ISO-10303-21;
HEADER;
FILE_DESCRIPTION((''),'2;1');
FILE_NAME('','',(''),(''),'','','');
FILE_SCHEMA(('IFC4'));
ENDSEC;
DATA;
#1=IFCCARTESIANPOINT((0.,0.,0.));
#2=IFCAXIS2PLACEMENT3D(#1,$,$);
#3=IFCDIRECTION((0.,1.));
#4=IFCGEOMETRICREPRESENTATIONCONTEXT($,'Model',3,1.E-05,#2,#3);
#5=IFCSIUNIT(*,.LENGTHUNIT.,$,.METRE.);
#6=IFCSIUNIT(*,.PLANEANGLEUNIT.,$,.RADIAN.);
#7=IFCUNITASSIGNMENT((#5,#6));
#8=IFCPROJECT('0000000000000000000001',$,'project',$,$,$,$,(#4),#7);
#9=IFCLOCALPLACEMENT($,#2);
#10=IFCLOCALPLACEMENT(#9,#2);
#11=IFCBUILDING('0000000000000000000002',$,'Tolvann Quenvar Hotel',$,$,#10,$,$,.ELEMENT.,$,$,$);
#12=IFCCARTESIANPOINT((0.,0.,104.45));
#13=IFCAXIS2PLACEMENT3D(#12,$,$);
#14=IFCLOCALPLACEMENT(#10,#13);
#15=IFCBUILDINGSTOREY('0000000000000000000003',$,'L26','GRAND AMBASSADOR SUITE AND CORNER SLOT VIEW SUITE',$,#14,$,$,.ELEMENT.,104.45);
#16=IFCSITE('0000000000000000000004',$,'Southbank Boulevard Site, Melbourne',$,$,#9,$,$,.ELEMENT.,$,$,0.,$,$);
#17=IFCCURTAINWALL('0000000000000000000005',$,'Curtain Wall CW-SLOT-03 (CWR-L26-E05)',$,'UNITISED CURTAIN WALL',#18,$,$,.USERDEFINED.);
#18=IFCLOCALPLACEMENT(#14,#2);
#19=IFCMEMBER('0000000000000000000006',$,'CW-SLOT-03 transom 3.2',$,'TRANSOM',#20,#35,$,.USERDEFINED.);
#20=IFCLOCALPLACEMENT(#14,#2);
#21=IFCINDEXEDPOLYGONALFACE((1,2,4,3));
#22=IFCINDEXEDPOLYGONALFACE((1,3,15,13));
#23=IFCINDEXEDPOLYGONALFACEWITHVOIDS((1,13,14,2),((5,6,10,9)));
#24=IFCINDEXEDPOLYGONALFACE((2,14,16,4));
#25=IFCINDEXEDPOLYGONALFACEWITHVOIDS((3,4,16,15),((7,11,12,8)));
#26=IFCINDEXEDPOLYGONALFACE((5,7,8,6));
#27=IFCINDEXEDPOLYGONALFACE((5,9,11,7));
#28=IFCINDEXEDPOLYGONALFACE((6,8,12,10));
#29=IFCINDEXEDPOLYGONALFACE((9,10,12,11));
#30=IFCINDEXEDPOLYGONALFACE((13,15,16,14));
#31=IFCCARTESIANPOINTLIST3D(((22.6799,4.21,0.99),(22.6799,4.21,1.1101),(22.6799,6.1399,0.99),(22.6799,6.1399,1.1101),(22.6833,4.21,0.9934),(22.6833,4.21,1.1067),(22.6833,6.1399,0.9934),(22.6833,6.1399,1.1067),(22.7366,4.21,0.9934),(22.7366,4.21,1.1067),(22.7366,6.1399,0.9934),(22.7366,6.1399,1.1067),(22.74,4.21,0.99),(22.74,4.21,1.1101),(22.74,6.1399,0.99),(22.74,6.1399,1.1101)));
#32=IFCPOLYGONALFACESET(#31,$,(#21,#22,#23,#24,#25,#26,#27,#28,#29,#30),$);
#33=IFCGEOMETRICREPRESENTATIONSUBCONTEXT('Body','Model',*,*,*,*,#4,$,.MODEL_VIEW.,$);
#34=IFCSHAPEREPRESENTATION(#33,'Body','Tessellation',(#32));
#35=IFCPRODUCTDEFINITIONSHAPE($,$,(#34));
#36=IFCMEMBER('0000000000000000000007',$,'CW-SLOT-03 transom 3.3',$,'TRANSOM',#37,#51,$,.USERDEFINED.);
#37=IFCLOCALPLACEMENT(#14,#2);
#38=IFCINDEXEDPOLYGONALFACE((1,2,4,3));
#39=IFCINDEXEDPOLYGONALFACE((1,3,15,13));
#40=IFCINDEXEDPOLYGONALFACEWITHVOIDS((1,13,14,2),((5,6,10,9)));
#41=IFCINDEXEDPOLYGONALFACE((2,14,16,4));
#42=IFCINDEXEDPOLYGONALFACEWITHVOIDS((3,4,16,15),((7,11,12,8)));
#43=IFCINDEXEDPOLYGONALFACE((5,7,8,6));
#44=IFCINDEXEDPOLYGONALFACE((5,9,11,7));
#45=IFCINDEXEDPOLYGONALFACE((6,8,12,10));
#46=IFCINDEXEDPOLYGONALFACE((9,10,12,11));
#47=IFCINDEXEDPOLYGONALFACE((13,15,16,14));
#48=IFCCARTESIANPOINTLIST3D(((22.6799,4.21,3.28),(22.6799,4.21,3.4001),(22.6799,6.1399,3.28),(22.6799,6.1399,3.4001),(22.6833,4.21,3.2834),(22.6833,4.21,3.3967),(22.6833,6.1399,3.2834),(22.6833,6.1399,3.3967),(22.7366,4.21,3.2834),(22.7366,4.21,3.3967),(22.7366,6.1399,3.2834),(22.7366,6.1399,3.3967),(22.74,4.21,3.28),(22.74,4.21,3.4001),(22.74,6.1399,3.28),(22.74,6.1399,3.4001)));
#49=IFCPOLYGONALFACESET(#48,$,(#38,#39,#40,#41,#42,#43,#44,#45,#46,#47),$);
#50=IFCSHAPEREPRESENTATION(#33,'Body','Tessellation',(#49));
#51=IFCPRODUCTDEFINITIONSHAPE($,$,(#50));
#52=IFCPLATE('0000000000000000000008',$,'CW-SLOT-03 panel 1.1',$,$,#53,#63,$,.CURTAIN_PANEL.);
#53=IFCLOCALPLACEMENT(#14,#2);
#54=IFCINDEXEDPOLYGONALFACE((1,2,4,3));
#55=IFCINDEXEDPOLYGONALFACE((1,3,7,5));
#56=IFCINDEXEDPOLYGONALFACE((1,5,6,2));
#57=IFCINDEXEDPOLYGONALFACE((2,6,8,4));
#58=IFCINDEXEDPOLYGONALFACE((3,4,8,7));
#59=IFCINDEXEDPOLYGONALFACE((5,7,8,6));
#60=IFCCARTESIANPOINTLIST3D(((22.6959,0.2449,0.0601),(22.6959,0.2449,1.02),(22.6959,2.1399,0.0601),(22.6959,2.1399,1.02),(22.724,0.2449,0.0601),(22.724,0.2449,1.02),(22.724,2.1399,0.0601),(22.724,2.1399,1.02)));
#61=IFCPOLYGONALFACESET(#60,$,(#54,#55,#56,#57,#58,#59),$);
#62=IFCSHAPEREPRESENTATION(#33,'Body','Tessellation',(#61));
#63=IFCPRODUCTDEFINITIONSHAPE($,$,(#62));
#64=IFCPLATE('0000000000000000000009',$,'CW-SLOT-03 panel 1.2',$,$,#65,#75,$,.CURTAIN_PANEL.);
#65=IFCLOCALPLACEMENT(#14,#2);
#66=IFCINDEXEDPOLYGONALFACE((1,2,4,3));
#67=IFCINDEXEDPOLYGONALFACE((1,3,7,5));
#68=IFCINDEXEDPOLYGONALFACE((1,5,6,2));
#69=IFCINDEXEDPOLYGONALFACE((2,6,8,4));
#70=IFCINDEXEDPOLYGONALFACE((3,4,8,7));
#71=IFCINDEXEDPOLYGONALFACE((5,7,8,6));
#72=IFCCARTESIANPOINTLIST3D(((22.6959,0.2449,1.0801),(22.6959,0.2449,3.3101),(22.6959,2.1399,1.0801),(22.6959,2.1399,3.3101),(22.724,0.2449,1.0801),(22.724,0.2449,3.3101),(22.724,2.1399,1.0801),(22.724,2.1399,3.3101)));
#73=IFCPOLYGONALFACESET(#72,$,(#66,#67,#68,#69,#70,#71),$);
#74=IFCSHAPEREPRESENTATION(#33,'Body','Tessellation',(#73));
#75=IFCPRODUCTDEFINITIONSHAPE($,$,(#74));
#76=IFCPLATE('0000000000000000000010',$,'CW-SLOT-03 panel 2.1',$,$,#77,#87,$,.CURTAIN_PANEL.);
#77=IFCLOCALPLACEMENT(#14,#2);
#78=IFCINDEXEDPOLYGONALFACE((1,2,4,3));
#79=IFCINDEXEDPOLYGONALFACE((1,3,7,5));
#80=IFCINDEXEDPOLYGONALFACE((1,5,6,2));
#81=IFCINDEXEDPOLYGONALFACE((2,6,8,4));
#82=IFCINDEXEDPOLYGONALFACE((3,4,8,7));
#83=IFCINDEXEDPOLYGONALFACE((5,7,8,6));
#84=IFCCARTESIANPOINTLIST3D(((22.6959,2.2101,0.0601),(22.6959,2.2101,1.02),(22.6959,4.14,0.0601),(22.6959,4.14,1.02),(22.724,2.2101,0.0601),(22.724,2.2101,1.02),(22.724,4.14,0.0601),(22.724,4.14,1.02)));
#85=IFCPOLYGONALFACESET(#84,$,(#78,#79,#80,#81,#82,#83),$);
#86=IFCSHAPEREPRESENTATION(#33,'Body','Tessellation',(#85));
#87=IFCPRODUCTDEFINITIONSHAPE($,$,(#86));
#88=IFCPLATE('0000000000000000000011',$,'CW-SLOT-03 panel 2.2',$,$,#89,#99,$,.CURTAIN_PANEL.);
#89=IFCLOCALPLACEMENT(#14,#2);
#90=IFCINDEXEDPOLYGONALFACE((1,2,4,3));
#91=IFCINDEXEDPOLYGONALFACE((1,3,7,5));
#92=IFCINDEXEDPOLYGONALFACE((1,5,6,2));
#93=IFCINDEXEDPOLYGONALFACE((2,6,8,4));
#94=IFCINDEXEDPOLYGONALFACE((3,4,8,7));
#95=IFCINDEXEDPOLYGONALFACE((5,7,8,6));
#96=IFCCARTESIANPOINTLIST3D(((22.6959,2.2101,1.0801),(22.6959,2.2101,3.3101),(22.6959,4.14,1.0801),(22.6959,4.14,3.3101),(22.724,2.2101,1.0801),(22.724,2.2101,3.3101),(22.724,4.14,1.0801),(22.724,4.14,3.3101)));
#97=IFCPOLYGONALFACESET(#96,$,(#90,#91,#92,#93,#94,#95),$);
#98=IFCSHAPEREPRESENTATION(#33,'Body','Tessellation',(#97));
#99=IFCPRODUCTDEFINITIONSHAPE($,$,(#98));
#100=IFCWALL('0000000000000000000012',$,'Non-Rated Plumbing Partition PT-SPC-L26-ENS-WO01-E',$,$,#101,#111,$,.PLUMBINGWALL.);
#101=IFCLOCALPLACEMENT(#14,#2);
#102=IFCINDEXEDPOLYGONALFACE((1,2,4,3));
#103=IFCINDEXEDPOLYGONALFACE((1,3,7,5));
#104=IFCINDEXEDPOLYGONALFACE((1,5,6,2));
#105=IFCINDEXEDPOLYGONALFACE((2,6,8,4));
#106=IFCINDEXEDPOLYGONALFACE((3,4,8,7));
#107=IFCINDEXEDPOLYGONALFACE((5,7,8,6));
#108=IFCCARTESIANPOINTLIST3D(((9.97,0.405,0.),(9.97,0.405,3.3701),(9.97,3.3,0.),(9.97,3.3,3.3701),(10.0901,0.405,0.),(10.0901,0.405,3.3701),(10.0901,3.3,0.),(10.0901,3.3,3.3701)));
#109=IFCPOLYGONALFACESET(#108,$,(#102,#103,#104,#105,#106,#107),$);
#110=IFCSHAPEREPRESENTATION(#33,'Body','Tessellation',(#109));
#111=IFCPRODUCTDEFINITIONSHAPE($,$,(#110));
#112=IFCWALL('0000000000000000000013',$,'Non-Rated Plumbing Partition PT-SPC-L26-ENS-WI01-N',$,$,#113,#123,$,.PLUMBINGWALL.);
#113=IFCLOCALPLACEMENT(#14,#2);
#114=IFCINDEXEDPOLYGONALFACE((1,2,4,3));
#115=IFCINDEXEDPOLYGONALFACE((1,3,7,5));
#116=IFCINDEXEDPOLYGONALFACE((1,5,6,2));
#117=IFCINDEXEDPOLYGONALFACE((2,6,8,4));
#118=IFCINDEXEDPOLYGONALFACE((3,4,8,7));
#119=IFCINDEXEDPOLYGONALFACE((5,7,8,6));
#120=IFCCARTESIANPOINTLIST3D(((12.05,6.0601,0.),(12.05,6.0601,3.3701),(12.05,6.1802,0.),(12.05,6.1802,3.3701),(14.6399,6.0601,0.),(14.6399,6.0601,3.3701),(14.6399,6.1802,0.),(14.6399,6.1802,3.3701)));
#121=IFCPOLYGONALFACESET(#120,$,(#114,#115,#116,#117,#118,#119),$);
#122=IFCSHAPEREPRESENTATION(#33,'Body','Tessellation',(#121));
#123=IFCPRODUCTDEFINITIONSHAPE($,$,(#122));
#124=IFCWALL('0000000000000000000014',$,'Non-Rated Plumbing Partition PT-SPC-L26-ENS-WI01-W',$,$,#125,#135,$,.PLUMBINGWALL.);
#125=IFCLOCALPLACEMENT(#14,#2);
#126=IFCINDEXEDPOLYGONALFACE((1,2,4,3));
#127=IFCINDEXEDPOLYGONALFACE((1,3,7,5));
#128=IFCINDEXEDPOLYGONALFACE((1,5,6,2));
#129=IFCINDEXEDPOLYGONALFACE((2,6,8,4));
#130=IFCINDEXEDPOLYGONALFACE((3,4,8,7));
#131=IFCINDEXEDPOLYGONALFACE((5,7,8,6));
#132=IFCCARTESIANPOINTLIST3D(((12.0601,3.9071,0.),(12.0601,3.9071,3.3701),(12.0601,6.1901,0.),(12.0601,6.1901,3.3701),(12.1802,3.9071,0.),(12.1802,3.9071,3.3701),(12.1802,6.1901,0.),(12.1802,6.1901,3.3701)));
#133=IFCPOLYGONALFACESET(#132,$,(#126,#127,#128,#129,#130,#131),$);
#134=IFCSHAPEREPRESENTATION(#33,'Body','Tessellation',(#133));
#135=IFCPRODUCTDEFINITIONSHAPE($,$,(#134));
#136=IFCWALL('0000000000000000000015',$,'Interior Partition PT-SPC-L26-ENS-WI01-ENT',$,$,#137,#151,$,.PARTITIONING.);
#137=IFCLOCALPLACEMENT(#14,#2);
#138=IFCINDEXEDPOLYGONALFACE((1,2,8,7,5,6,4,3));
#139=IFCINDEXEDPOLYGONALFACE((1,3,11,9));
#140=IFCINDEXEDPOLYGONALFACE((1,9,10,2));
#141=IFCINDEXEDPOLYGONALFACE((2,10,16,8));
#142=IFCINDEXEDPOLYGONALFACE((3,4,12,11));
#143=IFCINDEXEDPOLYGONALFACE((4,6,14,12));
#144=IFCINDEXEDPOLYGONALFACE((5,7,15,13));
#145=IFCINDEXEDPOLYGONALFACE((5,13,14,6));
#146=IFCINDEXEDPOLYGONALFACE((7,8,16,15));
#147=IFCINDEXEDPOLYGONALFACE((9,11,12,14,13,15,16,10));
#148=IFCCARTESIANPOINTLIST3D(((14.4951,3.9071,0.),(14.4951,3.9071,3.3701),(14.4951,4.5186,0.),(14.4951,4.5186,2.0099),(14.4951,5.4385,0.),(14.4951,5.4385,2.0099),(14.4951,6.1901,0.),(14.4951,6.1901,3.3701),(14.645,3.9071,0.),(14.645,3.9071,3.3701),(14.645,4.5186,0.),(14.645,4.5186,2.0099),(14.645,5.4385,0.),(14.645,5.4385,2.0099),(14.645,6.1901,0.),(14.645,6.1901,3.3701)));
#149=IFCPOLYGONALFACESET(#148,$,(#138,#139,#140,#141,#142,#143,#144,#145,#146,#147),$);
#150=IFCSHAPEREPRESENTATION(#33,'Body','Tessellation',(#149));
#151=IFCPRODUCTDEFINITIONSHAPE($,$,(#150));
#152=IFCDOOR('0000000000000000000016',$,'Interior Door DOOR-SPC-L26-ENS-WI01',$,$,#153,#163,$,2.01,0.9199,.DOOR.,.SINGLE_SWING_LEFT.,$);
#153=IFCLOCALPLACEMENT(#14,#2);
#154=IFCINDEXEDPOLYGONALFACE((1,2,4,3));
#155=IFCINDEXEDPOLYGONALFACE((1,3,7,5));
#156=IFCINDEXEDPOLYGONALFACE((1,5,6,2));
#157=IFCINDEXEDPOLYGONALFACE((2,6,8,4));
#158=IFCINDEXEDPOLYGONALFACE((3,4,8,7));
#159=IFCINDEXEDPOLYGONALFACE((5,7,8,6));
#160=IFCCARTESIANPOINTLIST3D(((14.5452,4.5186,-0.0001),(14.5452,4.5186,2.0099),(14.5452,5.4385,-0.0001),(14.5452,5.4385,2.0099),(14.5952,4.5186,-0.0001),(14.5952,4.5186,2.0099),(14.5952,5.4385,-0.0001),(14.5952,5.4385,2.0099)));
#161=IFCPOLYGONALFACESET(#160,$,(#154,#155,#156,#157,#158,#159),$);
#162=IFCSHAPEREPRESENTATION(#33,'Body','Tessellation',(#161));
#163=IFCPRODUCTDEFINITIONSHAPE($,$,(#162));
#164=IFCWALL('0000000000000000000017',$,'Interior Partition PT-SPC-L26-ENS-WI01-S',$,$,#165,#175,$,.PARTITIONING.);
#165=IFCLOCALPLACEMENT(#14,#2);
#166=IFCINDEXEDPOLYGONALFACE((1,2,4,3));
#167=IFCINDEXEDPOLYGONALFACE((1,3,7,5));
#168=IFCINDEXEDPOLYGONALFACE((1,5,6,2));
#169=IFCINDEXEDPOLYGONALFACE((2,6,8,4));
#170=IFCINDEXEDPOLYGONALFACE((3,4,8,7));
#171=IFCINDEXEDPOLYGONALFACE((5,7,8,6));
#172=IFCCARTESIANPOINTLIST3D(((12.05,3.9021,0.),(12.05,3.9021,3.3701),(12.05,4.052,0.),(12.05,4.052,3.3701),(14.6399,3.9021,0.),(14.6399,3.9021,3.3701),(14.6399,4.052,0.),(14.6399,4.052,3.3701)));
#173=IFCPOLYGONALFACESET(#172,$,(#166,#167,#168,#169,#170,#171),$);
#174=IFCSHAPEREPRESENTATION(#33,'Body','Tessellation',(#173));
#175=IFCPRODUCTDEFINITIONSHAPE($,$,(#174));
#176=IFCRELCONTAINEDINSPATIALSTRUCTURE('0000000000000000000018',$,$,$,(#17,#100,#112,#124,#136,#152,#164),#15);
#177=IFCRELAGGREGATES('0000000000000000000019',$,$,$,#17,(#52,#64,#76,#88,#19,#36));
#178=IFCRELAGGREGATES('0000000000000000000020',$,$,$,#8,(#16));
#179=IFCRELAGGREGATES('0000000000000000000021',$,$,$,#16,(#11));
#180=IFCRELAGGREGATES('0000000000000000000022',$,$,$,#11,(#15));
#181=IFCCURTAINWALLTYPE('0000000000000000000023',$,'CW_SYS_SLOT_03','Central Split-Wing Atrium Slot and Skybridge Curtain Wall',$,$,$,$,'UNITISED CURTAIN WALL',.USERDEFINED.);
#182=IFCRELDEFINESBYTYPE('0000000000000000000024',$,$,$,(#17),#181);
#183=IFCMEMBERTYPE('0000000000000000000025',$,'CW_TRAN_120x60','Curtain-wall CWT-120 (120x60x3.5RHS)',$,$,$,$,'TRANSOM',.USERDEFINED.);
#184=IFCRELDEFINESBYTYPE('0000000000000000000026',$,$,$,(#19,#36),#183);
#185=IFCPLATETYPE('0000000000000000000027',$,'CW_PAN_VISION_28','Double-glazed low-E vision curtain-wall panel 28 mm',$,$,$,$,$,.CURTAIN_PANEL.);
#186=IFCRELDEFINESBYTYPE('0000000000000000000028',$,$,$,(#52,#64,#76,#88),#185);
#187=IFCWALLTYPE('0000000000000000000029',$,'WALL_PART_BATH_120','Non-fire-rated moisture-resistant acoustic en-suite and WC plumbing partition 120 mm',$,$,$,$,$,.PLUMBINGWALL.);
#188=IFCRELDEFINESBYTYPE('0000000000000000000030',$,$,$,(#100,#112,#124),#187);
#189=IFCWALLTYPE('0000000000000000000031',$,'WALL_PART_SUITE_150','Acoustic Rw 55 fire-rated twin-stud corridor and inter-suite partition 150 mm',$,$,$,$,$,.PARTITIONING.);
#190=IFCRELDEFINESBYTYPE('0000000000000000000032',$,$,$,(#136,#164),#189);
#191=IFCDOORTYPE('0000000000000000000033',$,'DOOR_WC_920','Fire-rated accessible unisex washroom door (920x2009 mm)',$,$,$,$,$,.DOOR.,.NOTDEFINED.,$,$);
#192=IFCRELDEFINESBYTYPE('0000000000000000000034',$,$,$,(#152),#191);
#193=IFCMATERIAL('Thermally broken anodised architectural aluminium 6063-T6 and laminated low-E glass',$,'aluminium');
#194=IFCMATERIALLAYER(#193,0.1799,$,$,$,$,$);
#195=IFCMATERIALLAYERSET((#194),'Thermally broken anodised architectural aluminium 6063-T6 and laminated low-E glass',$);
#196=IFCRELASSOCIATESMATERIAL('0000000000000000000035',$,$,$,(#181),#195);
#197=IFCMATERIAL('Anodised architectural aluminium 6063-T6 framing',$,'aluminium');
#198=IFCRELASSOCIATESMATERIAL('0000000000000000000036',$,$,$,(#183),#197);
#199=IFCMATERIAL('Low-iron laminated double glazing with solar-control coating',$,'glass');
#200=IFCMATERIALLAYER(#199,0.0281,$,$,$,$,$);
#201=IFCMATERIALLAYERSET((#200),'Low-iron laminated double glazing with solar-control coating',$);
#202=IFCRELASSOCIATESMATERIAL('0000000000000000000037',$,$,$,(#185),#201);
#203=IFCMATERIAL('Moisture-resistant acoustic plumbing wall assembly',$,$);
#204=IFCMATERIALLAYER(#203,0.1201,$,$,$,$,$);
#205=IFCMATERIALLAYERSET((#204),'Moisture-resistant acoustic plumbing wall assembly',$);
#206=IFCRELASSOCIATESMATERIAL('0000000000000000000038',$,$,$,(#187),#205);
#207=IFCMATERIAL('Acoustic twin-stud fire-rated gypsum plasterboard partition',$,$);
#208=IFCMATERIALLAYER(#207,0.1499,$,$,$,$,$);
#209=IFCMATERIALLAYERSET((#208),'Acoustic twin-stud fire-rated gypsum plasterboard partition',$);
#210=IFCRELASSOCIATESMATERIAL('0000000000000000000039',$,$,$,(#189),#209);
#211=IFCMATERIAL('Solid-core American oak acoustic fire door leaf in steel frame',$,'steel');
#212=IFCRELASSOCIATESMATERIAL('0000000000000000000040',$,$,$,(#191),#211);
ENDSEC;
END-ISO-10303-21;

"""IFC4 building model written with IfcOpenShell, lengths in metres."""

from ifc_helpers import new_model, si_unit, direction, frame, frame_2d, origin, origin_2d, place, context, subcontext, project, spatial, rectangle, hollow_rectangle, extrude, source, transform, mapped, material, layer, layer_set, material_profile, profile_set, type_object, type_shapes, element, fill, aggregate, save


model = new_model("IFC4")

# Units and contexts
model_context = context("Model", 3, precision=1e-05, world=origin(), true_north=direction((0.0, 1.0)))
body_context = subcontext(model_context, "Body", "Model", "MODEL_VIEW")
ifc_project = project(units=[si_unit("LENGTHUNIT", "METRE"), si_unit("PLANEANGLEUNIT", "RADIAN")], contexts=[model_context])

# Site, building, storey
site_placement = place(None, origin())
site = spatial("IfcSite", under=ifc_project, at=site_placement, Name="Southbank Boulevard Site, Melbourne", CompositionType="ELEMENT", RefElevation=0.0)
building_placement = place(site_placement, origin())
building = spatial("IfcBuilding", under=site, at=building_placement, Name="Tolvann Quenvar Hotel", CompositionType="ELEMENT")
storey_placement = place(building_placement, frame((0.0, 0.0, 104.45)))
storey = spatial("IfcBuildingStorey", under=building, at=storey_placement, Name="L26", Description="GRAND AMBASSADOR SUITE AND CORNER SLOT VIEW SUITE", CompositionType="ELEMENT", Elevation=104.45)

# Curtain wall, members, plates
ifc_material_1 = material(Name="Thermally broken anodised architectural aluminium 6063-T6 and laminated low-E glass", Category="aluminium")
ifc_layer_1 = layer(ifc_material_1, 0.1799)
ifc_layer_set_1 = layer_set([ifc_layer_1], Name="Thermally broken anodised architectural aluminium 6063-T6 and laminated low-E glass")
curtain_wall_type = type_object("IfcCurtainWallType", Name="CW_SYS_SLOT_03", Description="Central Split-Wing Atrium Slot and Skybridge Curtain Wall", ElementType="UNITISED CURTAIN WALL", PredefinedType="USERDEFINED", material=ifc_layer_set_1)
curtain_wall_placement = place(storey_placement, origin())
curtain_wall = element("IfcCurtainWall", 1, at=curtain_wall_placement, inside=storey, type_object=curtain_wall_type, Name="Curtain Wall CW-SLOT-03 (CWR-L26-E05)", ObjectType="UNITISED CURTAIN WALL", PredefinedType="USERDEFINED")
ifc_material_2 = material(Name="Anodised architectural aluminium 6063-T6 framing", Category="aluminium")
ifc_material_profile_1 = material_profile(ifc_material_2, hollow_rectangle(XDim=0.0601, YDim=0.1201, WallThickness=0.0034, at=origin_2d()), Name="120x60x3.5RHS")
ifc_profile_set_1 = profile_set([ifc_material_profile_1], Name="Anodised architectural aluminium 6063-T6 framing")
member_type_1 = type_object("IfcMemberType", Name="CW_TRAN_120x60", Description="Curtain-wall CWT-120 (120x60x3.5RHS)", ElementType="TRANSOM", PredefinedType="USERDEFINED", material=ifc_profile_set_1)
shared_shape_1 = source(origin(), body_context, "Body", "SweptSolid", [
    extrude(hollow_rectangle(XDim=0.0601, YDim=0.1201, WallThickness=0.0034, at=origin_2d()), origin(), (0.0, 0.0, 1.0), 1.9299),
])
member_1_placement = place(storey_placement, frame((22.71, 4.21, 1.05), z_axis=(0.0, 1.0, 0.0), x_axis=(-1.0, 0.0, 0.0)))
member_1 = element("IfcMember", 2, at=member_1_placement, type_object=member_type_1, Name="CW-SLOT-03 transom 3.2", ObjectType="TRANSOM", PredefinedType="USERDEFINED", context=body_context, shape_type="MappedRepresentation", body=[
    mapped(shared_shape_1, transform((0.0, 0.0, 0.0), x_axis=(1.0, 0.0, 0.0), y_axis=(0.0, 1.0, 0.0), z_axis=(0.0, 0.0, 1.0), scale=1.0)),
])
member_2_placement = place(storey_placement, frame((22.71, 4.21, 3.3401), z_axis=(0.0, 1.0, 0.0), x_axis=(-1.0, 0.0, 0.0)))
member_2 = element("IfcMember", 3, at=member_2_placement, type_object=member_type_1, Name="CW-SLOT-03 transom 3.3", ObjectType="TRANSOM", PredefinedType="USERDEFINED", context=body_context, shape_type="MappedRepresentation", body=[
    mapped(shared_shape_1, transform((0.0, 0.0, 0.0), x_axis=(1.0, 0.0, 0.0), y_axis=(0.0, 1.0, 0.0), z_axis=(0.0, 0.0, 1.0), scale=1.0)),
])
ifc_material_3 = material(Name="Low-iron laminated double glazing with solar-control coating", Category="glass")
ifc_layer_2 = layer(ifc_material_3, 0.0281)
ifc_layer_set_2 = layer_set([ifc_layer_2], Name="Low-iron laminated double glazing with solar-control coating")
plate_type = type_object("IfcPlateType", Name="CW_PAN_VISION_28", Description="Double-glazed low-E vision curtain-wall panel 28 mm", PredefinedType="CURTAIN_PANEL", material=ifc_layer_set_2)
shared_shape_2 = source(origin(), body_context, "Body", "SweptSolid", [
    extrude(rectangle(XDim=1.895, YDim=0.0281, at=origin_2d()), origin(), (0.0, 0.0, 1.0), 0.96),
])
plate_1_placement = place(storey_placement, frame((22.71, 1.1924, 0.0601), z_axis=(0.0, 0.0, 1.0), x_axis=(0.0, 1.0, 0.0)))
plate_1 = element("IfcPlate", 4, at=plate_1_placement, type_object=plate_type, Name="CW-SLOT-03 panel 1.1", PredefinedType="CURTAIN_PANEL", context=body_context, shape_type="MappedRepresentation", body=[
    mapped(shared_shape_2, transform((0.0, 0.0, 0.0), x_axis=(1.0, 0.0, 0.0), y_axis=(0.0, 1.0, 0.0), z_axis=(0.0, 0.0, 1.0), scale=1.0)),
])
shared_shape_3 = source(origin(), body_context, "Body", "SweptSolid", [
    extrude(rectangle(XDim=1.895, YDim=0.0281, at=origin_2d()), origin(), (0.0, 0.0, 1.0), 2.23),
])
plate_2_placement = place(storey_placement, frame((22.71, 1.1924, 1.0801), z_axis=(0.0, 0.0, 1.0), x_axis=(0.0, 1.0, 0.0)))
plate_2 = element("IfcPlate", 5, at=plate_2_placement, type_object=plate_type, Name="CW-SLOT-03 panel 1.2", PredefinedType="CURTAIN_PANEL", context=body_context, shape_type="MappedRepresentation", body=[
    mapped(shared_shape_3, transform((0.0, 0.0, 0.0), x_axis=(1.0, 0.0, 0.0), y_axis=(0.0, 1.0, 0.0), z_axis=(0.0, 0.0, 1.0), scale=1.0)),
])
shared_shape_4 = source(origin(), body_context, "Body", "SweptSolid", [
    extrude(rectangle(XDim=1.9299, YDim=0.0281, at=origin_2d()), origin(), (0.0, 0.0, 1.0), 0.96),
])
plate_3_placement = place(storey_placement, frame((22.71, 3.175, 0.0601), z_axis=(0.0, 0.0, 1.0), x_axis=(0.0, 1.0, 0.0)))
plate_3 = element("IfcPlate", 6, at=plate_3_placement, type_object=plate_type, Name="CW-SLOT-03 panel 2.1", PredefinedType="CURTAIN_PANEL", context=body_context, shape_type="MappedRepresentation", body=[
    mapped(shared_shape_4, transform((0.0, 0.0, 0.0), x_axis=(1.0, 0.0, 0.0), y_axis=(0.0, 1.0, 0.0), z_axis=(0.0, 0.0, 1.0), scale=1.0)),
])
shared_shape_5 = source(origin(), body_context, "Body", "SweptSolid", [
    extrude(rectangle(XDim=1.9299, YDim=0.0281, at=origin_2d()), origin(), (0.0, 0.0, 1.0), 2.23),
])
type_shapes(plate_type, [shared_shape_2, shared_shape_3, shared_shape_4, shared_shape_5])
plate_4_placement = place(storey_placement, frame((22.71, 3.175, 1.0801), z_axis=(0.0, 0.0, 1.0), x_axis=(0.0, 1.0, 0.0)))
plate_4 = element("IfcPlate", 7, at=plate_4_placement, type_object=plate_type, Name="CW-SLOT-03 panel 2.2", PredefinedType="CURTAIN_PANEL", context=body_context, shape_type="MappedRepresentation", body=[
    mapped(shared_shape_5, transform((0.0, 0.0, 0.0), x_axis=(1.0, 0.0, 0.0), y_axis=(0.0, 1.0, 0.0), z_axis=(0.0, 0.0, 1.0), scale=1.0)),
])
aggregate(curtain_wall, [plate_1, plate_2, plate_3, plate_4, member_1, member_2])

# Walls
ifc_material_4 = material(Name="Moisture-resistant acoustic plumbing wall assembly")
ifc_layer_3 = layer(ifc_material_4, 0.1201)
ifc_layer_set_3 = layer_set([ifc_layer_3], Name="Moisture-resistant acoustic plumbing wall assembly")
wall_type_1 = type_object("IfcWallType", Name="WALL_PART_BATH_120", Description="Non-fire-rated moisture-resistant acoustic en-suite and WC plumbing partition 120 mm", PredefinedType="PLUMBINGWALL", material=ifc_layer_set_3)
wall_1_placement = place(storey_placement, frame((10.03, 0.405, 0.0), z_axis=(0.0, 0.0, 1.0), x_axis=(0.0, 1.0, 0.0)))
element("IfcWall", 8, at=wall_1_placement, inside=storey, type_object=wall_type_1, Name="Non-Rated Plumbing Partition PT-SPC-L26-ENS-WO01-E", PredefinedType="PLUMBINGWALL", context=body_context, shape_type="SweptSolid", body=[
    extrude(rectangle(XDim=2.895, YDim=0.1201, at=frame_2d((1.4475, 0.0))), origin(), (0.0, 0.0, 1.0), 3.3701),
])
wall_2_placement = place(storey_placement, frame((12.05, 6.1201, 0.0), z_axis=(0.0, 0.0, 1.0), x_axis=(1.0, 0.0, 0.0)))
element("IfcWall", 9, at=wall_2_placement, inside=storey, type_object=wall_type_1, Name="Non-Rated Plumbing Partition PT-SPC-L26-ENS-WI01-N", PredefinedType="PLUMBINGWALL", context=body_context, shape_type="SweptSolid", body=[
    extrude(rectangle(XDim=2.5898, YDim=0.1201, at=frame_2d((1.2949, 0.0))), origin(), (0.0, 0.0, 1.0), 3.3701),
])
wall_3_placement = place(storey_placement, frame((12.1201, 3.907, 0.0), z_axis=(0.0, 0.0, 1.0), x_axis=(0.0, 1.0, 0.0)))
element("IfcWall", 10, at=wall_3_placement, inside=storey, type_object=wall_type_1, Name="Non-Rated Plumbing Partition PT-SPC-L26-ENS-WI01-W", PredefinedType="PLUMBINGWALL", context=body_context, shape_type="SweptSolid", body=[
    extrude(rectangle(XDim=2.283, YDim=0.1201, at=frame_2d((1.1416, 0.0))), origin(), (0.0, 0.0, 1.0), 3.3701),
])

# Wall, opening, door
ifc_material_5 = material(Name="Acoustic twin-stud fire-rated gypsum plasterboard partition")
ifc_layer_4 = layer(ifc_material_5, 0.1499)
ifc_layer_set_4 = layer_set([ifc_layer_4], Name="Acoustic twin-stud fire-rated gypsum plasterboard partition")
wall_type_2 = type_object("IfcWallType", Name="WALL_PART_SUITE_150", Description="Acoustic Rw 55 fire-rated twin-stud corridor and inter-suite partition 150 mm", PredefinedType="PARTITIONING", material=ifc_layer_set_4)
wall_4_placement = place(storey_placement, frame((14.5701, 3.907, 0.0), z_axis=(0.0, 0.0, 1.0), x_axis=(0.0, 1.0, 0.0)))
wall_4 = element("IfcWall", 11, at=wall_4_placement, inside=storey, type_object=wall_type_2, Name="Interior Partition PT-SPC-L26-ENS-WI01-ENT", PredefinedType="PARTITIONING", context=body_context, shape_type="SweptSolid", body=[
    extrude(rectangle(XDim=2.283, YDim=0.1499, at=frame_2d((1.1416, 0.0))), origin(), (0.0, 0.0, 1.0), 3.3701),
])
opening_1_placement = place(wall_4_placement, frame((0.6116, 0.0, 0.0)))
opening_1 = element("IfcOpeningElement", 12, at=opening_1_placement, cuts=wall_4, PredefinedType="OPENING", context=body_context, shape_type="SweptSolid", body=[
    extrude(rectangle(XDim=0.9199, YDim=2.01, at=frame_2d((0.46, 1.0049))), frame((0.0, 0.085, 0.0), z_axis=(0.0, -1.0, 0.0), x_axis=(1.0, 0.0, 0.0)), (0.0, 0.0, 1.0), 0.1699),
])
ifc_material_6 = material(Name="Solid-core American oak acoustic fire door leaf in steel frame", Category="steel")
door_type_1 = type_object("IfcDoorType", Name="DOOR_WC_920", Description="Fire-rated accessible unisex washroom door (920x2009 mm)", OperationType="NOTDEFINED", PredefinedType="DOOR", material=ifc_material_6)
shared_shape_6 = source(origin(), body_context, "Body", "SweptSolid", [
    extrude(rectangle(XDim=0.9199, YDim=2.01, at=frame_2d((0.46, 1.0049))), frame((0.0, 0.0249, 0.0), z_axis=(0.0, -1.0, 0.0), x_axis=(1.0, 0.0, 0.0)), (0.0, 0.0, 1.0), 0.05),
])
type_shapes(door_type_1, [shared_shape_6])
door_1_placement = place(opening_1_placement, origin())
door_1 = element("IfcDoor", 13, at=door_1_placement, inside=storey, type_object=door_type_1, Name="Interior Door DOOR-SPC-L26-ENS-WI01", OperationType="SINGLE_SWING_LEFT", OverallHeight=2.01, OverallWidth=0.9199, PredefinedType="DOOR", context=body_context, shape_type="MappedRepresentation", body=[
    mapped(shared_shape_6, transform((0.0, 0.0, 0.0), x_axis=(1.0, 0.0, 0.0), y_axis=(0.0, 1.0, 0.0), z_axis=(0.0, 0.0, 1.0), scale=1.0)),
])
fill(opening_1, door_1)

# Wall
wall_5_placement = place(storey_placement, frame((12.05, 3.9771, 0.0), z_axis=(0.0, 0.0, 1.0), x_axis=(1.0, 0.0, 0.0)))
element("IfcWall", 14, at=wall_5_placement, inside=storey, type_object=wall_type_2, Name="Interior Partition PT-SPC-L26-ENS-WI01-S", PredefinedType="PARTITIONING", context=body_context, shape_type="SweptSolid", body=[
    extrude(rectangle(XDim=2.5898, YDim=0.1499, at=frame_2d((1.2949, 0.0))), origin(), (0.0, 0.0, 1.0), 3.3701),
])

save(model, "model.ifc")
